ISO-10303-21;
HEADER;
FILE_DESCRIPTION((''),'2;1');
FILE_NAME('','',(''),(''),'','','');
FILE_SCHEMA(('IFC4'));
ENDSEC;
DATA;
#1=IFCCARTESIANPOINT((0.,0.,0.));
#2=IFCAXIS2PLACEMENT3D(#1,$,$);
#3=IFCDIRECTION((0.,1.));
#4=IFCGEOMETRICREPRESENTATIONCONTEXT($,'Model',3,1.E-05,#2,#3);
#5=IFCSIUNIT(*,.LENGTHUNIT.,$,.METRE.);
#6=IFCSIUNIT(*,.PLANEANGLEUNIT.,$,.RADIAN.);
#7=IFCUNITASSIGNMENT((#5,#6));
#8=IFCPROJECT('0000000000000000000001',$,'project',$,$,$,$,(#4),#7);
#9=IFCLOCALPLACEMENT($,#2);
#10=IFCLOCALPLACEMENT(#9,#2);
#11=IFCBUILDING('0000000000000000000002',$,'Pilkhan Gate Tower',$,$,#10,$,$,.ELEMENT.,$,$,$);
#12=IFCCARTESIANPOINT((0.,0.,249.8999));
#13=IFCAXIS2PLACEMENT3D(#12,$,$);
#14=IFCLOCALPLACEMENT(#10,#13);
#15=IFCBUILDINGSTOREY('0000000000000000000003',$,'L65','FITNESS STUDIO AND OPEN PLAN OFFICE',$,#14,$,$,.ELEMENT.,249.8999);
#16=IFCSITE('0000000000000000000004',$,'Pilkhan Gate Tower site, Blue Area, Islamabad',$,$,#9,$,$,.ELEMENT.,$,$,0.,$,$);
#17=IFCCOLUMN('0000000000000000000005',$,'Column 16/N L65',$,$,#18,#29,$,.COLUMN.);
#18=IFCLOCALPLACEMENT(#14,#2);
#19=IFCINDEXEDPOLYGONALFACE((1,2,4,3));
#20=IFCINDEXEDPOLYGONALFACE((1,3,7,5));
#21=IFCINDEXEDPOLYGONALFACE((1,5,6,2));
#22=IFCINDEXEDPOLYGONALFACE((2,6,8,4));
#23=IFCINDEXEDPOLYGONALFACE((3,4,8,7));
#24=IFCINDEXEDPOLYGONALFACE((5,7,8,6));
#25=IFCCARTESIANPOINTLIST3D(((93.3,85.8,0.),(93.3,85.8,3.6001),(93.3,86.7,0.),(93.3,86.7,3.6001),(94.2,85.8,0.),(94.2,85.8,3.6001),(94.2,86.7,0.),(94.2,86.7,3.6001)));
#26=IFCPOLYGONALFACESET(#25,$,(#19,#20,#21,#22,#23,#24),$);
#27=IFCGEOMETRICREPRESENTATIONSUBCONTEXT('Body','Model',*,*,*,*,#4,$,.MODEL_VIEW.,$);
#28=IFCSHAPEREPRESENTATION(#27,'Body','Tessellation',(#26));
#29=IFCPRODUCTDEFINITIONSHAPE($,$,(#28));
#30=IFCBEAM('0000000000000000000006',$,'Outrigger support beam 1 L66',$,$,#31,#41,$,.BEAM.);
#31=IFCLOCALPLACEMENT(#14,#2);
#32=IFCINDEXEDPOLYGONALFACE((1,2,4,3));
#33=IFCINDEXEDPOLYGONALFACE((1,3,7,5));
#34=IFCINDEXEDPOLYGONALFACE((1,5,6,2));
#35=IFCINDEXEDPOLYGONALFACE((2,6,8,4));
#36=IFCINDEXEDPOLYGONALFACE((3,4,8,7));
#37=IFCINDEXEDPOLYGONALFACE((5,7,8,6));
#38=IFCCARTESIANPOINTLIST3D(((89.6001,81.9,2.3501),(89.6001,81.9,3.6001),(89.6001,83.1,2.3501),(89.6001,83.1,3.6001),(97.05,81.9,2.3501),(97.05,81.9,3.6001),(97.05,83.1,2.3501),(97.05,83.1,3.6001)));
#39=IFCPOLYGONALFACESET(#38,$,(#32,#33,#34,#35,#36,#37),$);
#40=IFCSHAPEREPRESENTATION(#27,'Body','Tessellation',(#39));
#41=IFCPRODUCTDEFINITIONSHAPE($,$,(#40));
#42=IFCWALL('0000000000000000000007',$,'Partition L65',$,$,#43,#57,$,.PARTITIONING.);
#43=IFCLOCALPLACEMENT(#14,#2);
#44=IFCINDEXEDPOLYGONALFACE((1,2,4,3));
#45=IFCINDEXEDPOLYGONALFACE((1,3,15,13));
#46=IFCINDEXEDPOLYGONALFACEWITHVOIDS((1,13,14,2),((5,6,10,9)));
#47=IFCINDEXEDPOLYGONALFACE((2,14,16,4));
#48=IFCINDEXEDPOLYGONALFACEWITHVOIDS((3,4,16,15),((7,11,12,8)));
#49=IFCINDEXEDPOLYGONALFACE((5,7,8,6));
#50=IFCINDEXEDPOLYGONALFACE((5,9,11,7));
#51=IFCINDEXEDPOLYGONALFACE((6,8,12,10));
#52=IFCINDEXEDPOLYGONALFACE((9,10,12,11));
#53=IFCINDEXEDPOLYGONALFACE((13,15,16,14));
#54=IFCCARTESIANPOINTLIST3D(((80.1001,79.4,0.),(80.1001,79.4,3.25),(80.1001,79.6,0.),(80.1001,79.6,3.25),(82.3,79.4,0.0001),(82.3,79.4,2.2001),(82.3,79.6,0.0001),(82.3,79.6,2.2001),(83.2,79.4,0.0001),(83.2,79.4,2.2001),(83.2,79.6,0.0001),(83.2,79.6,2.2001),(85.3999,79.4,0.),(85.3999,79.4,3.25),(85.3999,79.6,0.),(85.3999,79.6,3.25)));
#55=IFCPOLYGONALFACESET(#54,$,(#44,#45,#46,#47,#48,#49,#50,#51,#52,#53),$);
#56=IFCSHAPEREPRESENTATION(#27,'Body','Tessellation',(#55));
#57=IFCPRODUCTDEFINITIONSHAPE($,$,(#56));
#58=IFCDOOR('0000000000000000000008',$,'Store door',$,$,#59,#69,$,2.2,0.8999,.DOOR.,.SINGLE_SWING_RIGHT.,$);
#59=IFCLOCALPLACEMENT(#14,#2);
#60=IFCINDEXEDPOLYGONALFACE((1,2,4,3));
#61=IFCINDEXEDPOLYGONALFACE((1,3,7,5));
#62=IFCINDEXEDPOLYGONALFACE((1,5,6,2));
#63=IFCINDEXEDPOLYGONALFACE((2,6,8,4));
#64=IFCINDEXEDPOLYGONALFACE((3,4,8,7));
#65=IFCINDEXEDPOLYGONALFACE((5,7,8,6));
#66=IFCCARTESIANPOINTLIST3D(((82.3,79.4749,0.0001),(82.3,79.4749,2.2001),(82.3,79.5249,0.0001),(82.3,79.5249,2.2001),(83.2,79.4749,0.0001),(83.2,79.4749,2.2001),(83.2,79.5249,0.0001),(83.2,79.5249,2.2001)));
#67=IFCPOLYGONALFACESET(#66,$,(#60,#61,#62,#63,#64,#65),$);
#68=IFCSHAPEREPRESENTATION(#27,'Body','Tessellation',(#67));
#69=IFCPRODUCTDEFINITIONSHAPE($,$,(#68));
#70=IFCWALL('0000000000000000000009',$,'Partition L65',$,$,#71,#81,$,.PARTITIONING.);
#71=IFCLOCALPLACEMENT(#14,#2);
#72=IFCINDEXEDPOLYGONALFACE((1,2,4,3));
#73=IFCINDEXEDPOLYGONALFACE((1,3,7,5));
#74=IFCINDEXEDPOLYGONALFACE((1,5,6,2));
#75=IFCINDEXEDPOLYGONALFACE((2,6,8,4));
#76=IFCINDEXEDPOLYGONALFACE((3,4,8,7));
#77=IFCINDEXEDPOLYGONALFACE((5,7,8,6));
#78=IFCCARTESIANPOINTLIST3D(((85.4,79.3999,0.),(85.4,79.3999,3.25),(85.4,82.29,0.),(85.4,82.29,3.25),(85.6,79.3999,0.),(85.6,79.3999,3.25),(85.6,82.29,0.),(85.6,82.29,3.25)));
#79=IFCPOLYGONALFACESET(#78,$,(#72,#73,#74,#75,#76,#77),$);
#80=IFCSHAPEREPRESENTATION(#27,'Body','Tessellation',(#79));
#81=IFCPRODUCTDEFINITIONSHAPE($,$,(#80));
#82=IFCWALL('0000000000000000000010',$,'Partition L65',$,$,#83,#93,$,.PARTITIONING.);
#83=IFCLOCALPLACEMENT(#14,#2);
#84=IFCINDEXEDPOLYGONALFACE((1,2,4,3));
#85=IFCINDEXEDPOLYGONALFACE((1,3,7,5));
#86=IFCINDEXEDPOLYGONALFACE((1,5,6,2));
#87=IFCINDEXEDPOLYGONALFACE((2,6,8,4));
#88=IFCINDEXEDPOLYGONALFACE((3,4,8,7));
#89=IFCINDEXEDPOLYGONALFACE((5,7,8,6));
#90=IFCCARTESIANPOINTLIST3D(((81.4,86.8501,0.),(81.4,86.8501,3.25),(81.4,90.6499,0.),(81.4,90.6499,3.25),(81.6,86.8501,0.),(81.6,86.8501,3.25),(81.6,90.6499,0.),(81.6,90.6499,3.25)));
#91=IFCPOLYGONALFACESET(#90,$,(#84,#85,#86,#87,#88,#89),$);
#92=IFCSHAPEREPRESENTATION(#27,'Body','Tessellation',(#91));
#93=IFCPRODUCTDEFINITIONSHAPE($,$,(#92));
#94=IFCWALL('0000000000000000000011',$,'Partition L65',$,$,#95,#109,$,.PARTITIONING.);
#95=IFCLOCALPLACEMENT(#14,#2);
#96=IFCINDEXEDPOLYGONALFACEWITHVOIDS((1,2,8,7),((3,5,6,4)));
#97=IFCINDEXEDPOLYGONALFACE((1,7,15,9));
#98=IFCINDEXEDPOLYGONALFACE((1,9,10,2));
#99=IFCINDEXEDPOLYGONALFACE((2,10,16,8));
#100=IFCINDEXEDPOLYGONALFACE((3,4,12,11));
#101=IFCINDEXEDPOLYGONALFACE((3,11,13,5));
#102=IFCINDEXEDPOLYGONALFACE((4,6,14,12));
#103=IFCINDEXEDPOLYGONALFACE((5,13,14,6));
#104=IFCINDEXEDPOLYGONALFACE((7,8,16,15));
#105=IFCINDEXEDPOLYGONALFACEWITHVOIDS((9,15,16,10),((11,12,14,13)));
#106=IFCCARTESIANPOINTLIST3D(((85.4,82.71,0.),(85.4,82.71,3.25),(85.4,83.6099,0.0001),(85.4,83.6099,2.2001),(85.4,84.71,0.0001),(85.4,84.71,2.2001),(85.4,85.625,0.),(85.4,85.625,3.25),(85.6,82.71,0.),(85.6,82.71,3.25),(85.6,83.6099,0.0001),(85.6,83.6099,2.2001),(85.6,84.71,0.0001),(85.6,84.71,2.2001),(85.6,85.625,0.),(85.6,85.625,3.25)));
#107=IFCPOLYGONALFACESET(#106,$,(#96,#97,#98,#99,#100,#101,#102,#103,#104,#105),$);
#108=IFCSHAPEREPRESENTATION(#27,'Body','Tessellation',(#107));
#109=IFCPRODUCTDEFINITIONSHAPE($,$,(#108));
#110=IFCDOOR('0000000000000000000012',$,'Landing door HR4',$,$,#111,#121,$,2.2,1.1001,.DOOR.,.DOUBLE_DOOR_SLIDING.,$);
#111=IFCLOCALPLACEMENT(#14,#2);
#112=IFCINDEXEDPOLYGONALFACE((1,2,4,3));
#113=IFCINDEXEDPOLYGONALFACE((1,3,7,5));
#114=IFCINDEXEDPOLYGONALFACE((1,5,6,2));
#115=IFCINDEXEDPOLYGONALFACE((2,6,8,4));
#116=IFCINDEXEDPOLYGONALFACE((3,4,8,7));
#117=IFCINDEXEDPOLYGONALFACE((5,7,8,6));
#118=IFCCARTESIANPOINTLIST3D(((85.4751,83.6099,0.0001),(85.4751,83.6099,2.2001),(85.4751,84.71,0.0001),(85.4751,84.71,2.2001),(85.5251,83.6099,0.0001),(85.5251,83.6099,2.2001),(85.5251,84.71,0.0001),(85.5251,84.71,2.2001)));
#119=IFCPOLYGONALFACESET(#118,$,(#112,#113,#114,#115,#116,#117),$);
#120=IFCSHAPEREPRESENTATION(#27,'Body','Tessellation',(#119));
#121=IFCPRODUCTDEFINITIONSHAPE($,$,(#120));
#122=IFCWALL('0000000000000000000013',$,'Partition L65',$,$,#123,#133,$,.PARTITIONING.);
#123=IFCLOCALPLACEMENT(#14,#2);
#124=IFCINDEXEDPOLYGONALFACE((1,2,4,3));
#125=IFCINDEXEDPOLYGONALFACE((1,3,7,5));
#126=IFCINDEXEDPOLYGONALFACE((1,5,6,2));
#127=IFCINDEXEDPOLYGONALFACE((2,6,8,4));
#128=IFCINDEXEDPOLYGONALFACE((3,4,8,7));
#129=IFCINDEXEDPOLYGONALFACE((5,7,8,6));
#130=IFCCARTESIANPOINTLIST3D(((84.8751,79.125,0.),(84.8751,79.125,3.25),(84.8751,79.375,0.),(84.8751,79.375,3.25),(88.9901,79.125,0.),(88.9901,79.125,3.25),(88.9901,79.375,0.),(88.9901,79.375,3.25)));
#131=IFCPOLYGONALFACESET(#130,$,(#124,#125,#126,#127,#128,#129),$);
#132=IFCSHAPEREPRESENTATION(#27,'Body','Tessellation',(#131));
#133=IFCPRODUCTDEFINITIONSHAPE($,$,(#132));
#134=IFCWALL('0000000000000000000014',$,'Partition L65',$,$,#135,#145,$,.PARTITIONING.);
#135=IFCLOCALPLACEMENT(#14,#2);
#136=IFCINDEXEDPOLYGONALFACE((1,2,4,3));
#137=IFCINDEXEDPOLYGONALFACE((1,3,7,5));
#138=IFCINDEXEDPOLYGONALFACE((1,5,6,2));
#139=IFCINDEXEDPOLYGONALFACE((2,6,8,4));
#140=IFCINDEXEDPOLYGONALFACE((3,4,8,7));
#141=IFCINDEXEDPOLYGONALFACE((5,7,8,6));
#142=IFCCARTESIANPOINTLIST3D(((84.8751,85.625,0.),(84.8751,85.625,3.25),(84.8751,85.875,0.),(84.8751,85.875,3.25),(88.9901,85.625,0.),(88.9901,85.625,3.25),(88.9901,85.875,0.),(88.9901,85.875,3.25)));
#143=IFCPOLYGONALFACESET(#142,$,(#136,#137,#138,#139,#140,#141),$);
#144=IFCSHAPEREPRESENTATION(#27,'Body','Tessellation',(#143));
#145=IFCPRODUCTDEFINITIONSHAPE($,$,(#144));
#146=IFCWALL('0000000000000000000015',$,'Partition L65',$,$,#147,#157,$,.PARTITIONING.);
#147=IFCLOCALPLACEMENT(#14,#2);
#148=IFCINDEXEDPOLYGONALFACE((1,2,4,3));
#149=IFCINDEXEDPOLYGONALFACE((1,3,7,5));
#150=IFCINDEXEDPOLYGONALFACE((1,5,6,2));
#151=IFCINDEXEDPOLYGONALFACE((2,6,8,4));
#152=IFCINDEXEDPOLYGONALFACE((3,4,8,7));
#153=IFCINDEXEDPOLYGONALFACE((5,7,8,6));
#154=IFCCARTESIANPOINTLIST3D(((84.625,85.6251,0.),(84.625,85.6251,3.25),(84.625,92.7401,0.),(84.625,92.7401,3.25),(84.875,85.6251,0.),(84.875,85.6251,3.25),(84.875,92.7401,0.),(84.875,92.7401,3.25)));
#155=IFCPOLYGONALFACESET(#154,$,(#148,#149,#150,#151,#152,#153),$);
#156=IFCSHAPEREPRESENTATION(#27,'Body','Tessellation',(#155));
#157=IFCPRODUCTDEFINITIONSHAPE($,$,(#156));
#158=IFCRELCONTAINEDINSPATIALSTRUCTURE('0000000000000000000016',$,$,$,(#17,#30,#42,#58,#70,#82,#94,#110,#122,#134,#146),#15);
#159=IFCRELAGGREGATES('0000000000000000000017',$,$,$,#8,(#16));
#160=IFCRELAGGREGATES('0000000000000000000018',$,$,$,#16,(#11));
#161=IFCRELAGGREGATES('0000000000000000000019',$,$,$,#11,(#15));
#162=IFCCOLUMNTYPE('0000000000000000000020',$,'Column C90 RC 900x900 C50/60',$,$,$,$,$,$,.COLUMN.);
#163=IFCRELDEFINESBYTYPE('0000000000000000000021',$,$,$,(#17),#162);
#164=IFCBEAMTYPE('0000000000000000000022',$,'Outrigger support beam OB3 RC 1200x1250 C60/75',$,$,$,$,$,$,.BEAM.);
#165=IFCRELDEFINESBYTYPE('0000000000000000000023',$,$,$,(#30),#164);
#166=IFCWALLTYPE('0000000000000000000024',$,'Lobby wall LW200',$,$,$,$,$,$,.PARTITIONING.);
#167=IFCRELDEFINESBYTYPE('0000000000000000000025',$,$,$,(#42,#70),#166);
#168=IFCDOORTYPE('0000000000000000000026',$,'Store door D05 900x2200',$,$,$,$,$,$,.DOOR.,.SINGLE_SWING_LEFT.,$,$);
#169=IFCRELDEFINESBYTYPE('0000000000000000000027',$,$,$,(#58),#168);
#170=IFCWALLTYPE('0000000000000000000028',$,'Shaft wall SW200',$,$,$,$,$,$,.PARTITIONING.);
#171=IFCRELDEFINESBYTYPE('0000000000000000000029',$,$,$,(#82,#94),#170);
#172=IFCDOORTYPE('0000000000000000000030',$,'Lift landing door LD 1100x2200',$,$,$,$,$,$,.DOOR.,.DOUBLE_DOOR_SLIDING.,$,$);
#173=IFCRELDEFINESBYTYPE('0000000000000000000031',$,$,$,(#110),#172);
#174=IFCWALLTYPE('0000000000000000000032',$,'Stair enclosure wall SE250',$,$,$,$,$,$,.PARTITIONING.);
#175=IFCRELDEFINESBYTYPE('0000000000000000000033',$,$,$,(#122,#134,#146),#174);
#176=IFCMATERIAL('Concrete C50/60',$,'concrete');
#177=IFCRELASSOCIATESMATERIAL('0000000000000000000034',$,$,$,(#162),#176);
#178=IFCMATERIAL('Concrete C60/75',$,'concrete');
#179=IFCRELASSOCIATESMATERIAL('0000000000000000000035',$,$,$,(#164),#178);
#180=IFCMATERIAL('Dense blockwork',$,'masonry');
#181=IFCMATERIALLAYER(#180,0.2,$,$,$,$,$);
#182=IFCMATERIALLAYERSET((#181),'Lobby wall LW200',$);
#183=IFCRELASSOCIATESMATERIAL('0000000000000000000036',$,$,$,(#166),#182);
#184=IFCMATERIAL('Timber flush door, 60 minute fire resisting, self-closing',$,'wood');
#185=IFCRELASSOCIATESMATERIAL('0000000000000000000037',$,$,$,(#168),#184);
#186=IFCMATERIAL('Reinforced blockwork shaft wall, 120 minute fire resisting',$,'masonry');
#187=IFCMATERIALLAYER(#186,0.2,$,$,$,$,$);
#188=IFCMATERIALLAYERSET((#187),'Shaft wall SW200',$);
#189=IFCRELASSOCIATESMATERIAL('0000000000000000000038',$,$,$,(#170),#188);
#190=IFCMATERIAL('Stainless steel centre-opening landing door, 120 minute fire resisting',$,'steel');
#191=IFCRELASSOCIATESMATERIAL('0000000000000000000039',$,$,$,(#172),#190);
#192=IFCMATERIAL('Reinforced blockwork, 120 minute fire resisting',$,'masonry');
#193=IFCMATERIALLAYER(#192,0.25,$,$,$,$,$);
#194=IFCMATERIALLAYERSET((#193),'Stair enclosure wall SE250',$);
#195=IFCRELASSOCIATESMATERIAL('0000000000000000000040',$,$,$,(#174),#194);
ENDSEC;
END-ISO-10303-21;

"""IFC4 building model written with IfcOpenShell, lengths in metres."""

from ifc_helpers import new_model, si_unit, direction, frame, frame_2d, origin, origin_2d, place, context, subcontext, project, spatial, rectangle, extrude, material, layer, layer_set, material_profile, profile_set, type_object, element, fill, save


model = new_model("IFC4")

# Units and contexts
model_context = context("Model", 3, precision=1e-05, world=origin(), true_north=direction((0.0, 1.0)))
body_context = subcontext(model_context, "Body", "Model", "MODEL_VIEW")
ifc_project = project(units=[si_unit("LENGTHUNIT", "METRE"), si_unit("PLANEANGLEUNIT", "RADIAN")], contexts=[model_context])

# Site, building, storey
site_placement = place(None, origin())
site = spatial("IfcSite", under=ifc_project, at=site_placement, Name="Pilkhan Gate Tower site, Blue Area, Islamabad", CompositionType="ELEMENT", RefElevation=0.0)
building_placement = place(site_placement, origin())
building = spatial("IfcBuilding", under=site, at=building_placement, Name="Pilkhan Gate Tower", CompositionType="ELEMENT")
storey_placement = place(building_placement, frame((0.0, 0.0, 249.8999)))
storey = spatial("IfcBuildingStorey", under=building, at=storey_placement, Name="L65", Description="FITNESS STUDIO AND OPEN PLAN OFFICE", CompositionType="ELEMENT", Elevation=249.8999)

# Column
ifc_material_1 = material(Name="Concrete C50/60", Category="concrete")
ifc_material_profile_1 = material_profile(ifc_material_1, rectangle(XDim=0.8999, YDim=0.8999, at=origin_2d()), Name="RC 900x900")
ifc_profile_set_1 = profile_set([ifc_material_profile_1], Name="Concrete C50/60")
column_type = type_object("IfcColumnType", Name="Column C90 RC 900x900 C50/60", PredefinedType="COLUMN", material=ifc_profile_set_1)
column_placement = place(storey_placement, frame((93.75, 86.25, 0.0), z_axis=(0.0, 0.0, 1.0), x_axis=(1.0, 0.0, 0.0)))
element("IfcColumn", 1, at=column_placement, inside=storey, type_object=column_type, Name="Column 16/N L65", PredefinedType="COLUMN", context=body_context, shape_type="SweptSolid", body=[
    extrude(rectangle(XDim=0.8999, YDim=0.8999, at=origin_2d()), origin(), (0.0, 0.0, 1.0), 3.6001),
])

# Beam
ifc_material_2 = material(Name="Concrete C60/75", Category="concrete")
ifc_material_profile_2 = material_profile(ifc_material_2, rectangle(XDim=1.2, YDim=1.25, at=origin_2d()), Name="RC 1200x1250")
ifc_profile_set_2 = profile_set([ifc_material_profile_2], Name="Concrete C60/75")
beam_type = type_object("IfcBeamType", Name="Outrigger support beam OB3 RC 1200x1250 C60/75", PredefinedType="BEAM", material=ifc_profile_set_2)
beam_placement = place(storey_placement, frame((89.6001, 82.5, 2.9751), z_axis=(1.0, 0.0, 0.0), x_axis=(0.0, 1.0, 0.0)))
element("IfcBeam", 2, at=beam_placement, inside=storey, type_object=beam_type, Name="Outrigger support beam 1 L66", PredefinedType="BEAM", context=body_context, shape_type="SweptSolid", body=[
    extrude(rectangle(XDim=1.2, YDim=1.25, at=origin_2d()), origin(), (0.0, 0.0, 1.0), 7.45),
])

# Wall, opening, door
ifc_material_3 = material(Name="Dense blockwork", Category="masonry")
ifc_layer_1 = layer(ifc_material_3, 0.2)
ifc_layer_set_1 = layer_set([ifc_layer_1], Name="Lobby wall LW200")
wall_type_1 = type_object("IfcWallType", Name="Lobby wall LW200", PredefinedType="PARTITIONING", material=ifc_layer_set_1)
wall_1_placement = place(storey_placement, frame((80.1001, 79.5, 0.0), z_axis=(0.0, 0.0, 1.0), x_axis=(1.0, 0.0, 0.0)))
wall_1 = element("IfcWall", 3, at=wall_1_placement, inside=storey, type_object=wall_type_1, Name="Partition L65", PredefinedType="PARTITIONING", context=body_context, shape_type="SweptSolid", body=[
    extrude(rectangle(XDim=5.2998, YDim=0.2, at=frame_2d((2.6499, 0.0))), origin(), (0.0, 0.0, 1.0), 3.25),
])
opening_1_placement = place(wall_1_placement, frame((2.2, 0.0, 0.0)))
opening_1 = element("IfcOpeningElement", 4, at=opening_1_placement, cuts=wall_1, PredefinedType="OPENING", context=body_context, shape_type="SweptSolid", body=[
    extrude(rectangle(XDim=0.8999, YDim=2.2, at=frame_2d((0.45, 1.1001))), frame((0.0, 0.1099, 0.0), z_axis=(0.0, -1.0, 0.0), x_axis=(1.0, 0.0, 0.0)), (0.0, 0.0, 1.0), 0.22),
])
ifc_material_4 = material(Name="Timber flush door, 60 minute fire resisting, self-closing", Category="wood")
door_type_1 = type_object("IfcDoorType", Name="Store door D05 900x2200", OperationType="SINGLE_SWING_LEFT", PredefinedType="DOOR", material=ifc_material_4)
door_1_placement = place(opening_1_placement, origin())
door_1 = element("IfcDoor", 5, at=door_1_placement, inside=storey, type_object=door_type_1, Name="Store door", OperationType="SINGLE_SWING_RIGHT", OverallHeight=2.2, OverallWidth=0.8999, PredefinedType="DOOR", context=body_context, shape_type="SweptSolid", body=[
    extrude(rectangle(XDim=0.8999, YDim=2.2, at=frame_2d((0.45, 1.1001))), frame((0.0, 0.0249, 0.0), z_axis=(0.0, -1.0, 0.0), x_axis=(1.0, 0.0, 0.0)), (0.0, 0.0, 1.0), 0.05),
])
fill(opening_1, door_1)

# Walls
wall_2_placement = place(storey_placement, frame((85.5, 79.3999, 0.0), z_axis=(0.0, 0.0, 1.0), x_axis=(0.0, 1.0, 0.0)))
element("IfcWall", 6, at=wall_2_placement, inside=storey, type_object=wall_type_1, Name="Partition L65", PredefinedType="PARTITIONING", context=body_context, shape_type="SweptSolid", body=[
    extrude(rectangle(XDim=2.8901, YDim=0.2, at=frame_2d((1.4451, 0.0))), origin(), (0.0, 0.0, 1.0), 3.25),
])
ifc_material_5 = material(Name="Reinforced blockwork shaft wall, 120 minute fire resisting", Category="masonry")
ifc_layer_2 = layer(ifc_material_5, 0.2)
ifc_layer_set_2 = layer_set([ifc_layer_2], Name="Shaft wall SW200")
wall_type_2 = type_object("IfcWallType", Name="Shaft wall SW200", PredefinedType="PARTITIONING", material=ifc_layer_set_2)
wall_3_placement = place(storey_placement, frame((81.5, 86.8501, 0.0), z_axis=(0.0, 0.0, 1.0), x_axis=(0.0, 1.0, 0.0)))
element("IfcWall", 7, at=wall_3_placement, inside=storey, type_object=wall_type_2, Name="Partition L65", PredefinedType="PARTITIONING", context=body_context, shape_type="SweptSolid", body=[
    extrude(rectangle(XDim=3.7998, YDim=0.2, at=frame_2d((1.8999, 0.0))), origin(), (0.0, 0.0, 1.0), 3.25),
])

# Wall, opening, door
wall_4_placement = place(storey_placement, frame((85.5, 82.71, 0.0), z_axis=(0.0, 0.0, 1.0), x_axis=(0.0, 1.0, 0.0)))
wall_4 = element("IfcWall", 8, at=wall_4_placement, inside=storey, type_object=wall_type_2, Name="Partition L65", PredefinedType="PARTITIONING", context=body_context, shape_type="SweptSolid", body=[
    extrude(rectangle(XDim=2.915, YDim=0.2, at=frame_2d((1.4575, 0.0))), origin(), (0.0, 0.0, 1.0), 3.25),
])
opening_2_placement = place(wall_4_placement, frame((0.8999, 0.0, 0.0)))
opening_2 = element("IfcOpeningElement", 9, at=opening_2_placement, cuts=wall_4, PredefinedType="OPENING", context=body_context, shape_type="SweptSolid", body=[
    extrude(rectangle(XDim=1.1001, YDim=2.2, at=frame_2d((0.55, 1.1001))), frame((0.0, 0.1099, 0.0), z_axis=(0.0, -1.0, 0.0), x_axis=(1.0, 0.0, 0.0)), (0.0, 0.0, 1.0), 0.22),
])
ifc_material_6 = material(Name="Stainless steel centre-opening landing door, 120 minute fire resisting", Category="steel")
door_type_2 = type_object("IfcDoorType", Name="Lift landing door LD 1100x2200", OperationType="DOUBLE_DOOR_SLIDING", PredefinedType="DOOR", material=ifc_material_6)
door_2_placement = place(opening_2_placement, origin())
door_2 = element("IfcDoor", 10, at=door_2_placement, inside=storey, type_object=door_type_2, Name="Landing door HR4", OperationType="DOUBLE_DOOR_SLIDING", OverallHeight=2.2, OverallWidth=1.1001, PredefinedType="DOOR", context=body_context, shape_type="SweptSolid", body=[
    extrude(rectangle(XDim=1.1001, YDim=2.2, at=frame_2d((0.55, 1.1001))), frame((0.0, 0.0249, 0.0), z_axis=(0.0, -1.0, 0.0), x_axis=(1.0, 0.0, 0.0)), (0.0, 0.0, 1.0), 0.05),
])
fill(opening_2, door_2)

# Walls
ifc_material_7 = material(Name="Reinforced blockwork, 120 minute fire resisting", Category="masonry")
ifc_layer_3 = layer(ifc_material_7, 0.25)
ifc_layer_set_3 = layer_set([ifc_layer_3], Name="Stair enclosure wall SE250")
wall_type_3 = type_object("IfcWallType", Name="Stair enclosure wall SE250", PredefinedType="PARTITIONING", material=ifc_layer_set_3)
for number, where, z_axis, x_axis, name in (
    (11, (84.875, 79.25, 0.0), (0.0, 0.0, 1.0), (1.0, 0.0, 0.0), "Partition L65"),
    (12, (84.875, 85.75, 0.0), (0.0, 0.0, 1.0), (1.0, 0.0, 0.0), "Partition L65"),
):
    element("IfcWall", number, at=place(storey_placement, frame(where, z_axis=z_axis, x_axis=x_axis)), inside=storey, type_object=wall_type_3, Name=name, PredefinedType="PARTITIONING", context=body_context, shape_type="SweptSolid", body=[
        extrude(rectangle(XDim=4.115, YDim=0.25, at=frame_2d((2.0576, 0.0))), origin(), (0.0, 0.0, 1.0), 3.25),
    ])
wall_5_placement = place(storey_placement, frame((84.75, 85.625, 0.0), z_axis=(0.0, 0.0, 1.0), x_axis=(0.0, 1.0, 0.0)))
element("IfcWall", 13, at=wall_5_placement, inside=storey, type_object=wall_type_3, Name="Partition L65", PredefinedType="PARTITIONING", context=body_context, shape_type="SweptSolid", body=[
    extrude(rectangle(XDim=7.115, YDim=0.25, at=frame_2d((3.5576, 0.0))), origin(), (0.0, 0.0, 1.0), 3.25),
])

save(model, "model.ifc")
